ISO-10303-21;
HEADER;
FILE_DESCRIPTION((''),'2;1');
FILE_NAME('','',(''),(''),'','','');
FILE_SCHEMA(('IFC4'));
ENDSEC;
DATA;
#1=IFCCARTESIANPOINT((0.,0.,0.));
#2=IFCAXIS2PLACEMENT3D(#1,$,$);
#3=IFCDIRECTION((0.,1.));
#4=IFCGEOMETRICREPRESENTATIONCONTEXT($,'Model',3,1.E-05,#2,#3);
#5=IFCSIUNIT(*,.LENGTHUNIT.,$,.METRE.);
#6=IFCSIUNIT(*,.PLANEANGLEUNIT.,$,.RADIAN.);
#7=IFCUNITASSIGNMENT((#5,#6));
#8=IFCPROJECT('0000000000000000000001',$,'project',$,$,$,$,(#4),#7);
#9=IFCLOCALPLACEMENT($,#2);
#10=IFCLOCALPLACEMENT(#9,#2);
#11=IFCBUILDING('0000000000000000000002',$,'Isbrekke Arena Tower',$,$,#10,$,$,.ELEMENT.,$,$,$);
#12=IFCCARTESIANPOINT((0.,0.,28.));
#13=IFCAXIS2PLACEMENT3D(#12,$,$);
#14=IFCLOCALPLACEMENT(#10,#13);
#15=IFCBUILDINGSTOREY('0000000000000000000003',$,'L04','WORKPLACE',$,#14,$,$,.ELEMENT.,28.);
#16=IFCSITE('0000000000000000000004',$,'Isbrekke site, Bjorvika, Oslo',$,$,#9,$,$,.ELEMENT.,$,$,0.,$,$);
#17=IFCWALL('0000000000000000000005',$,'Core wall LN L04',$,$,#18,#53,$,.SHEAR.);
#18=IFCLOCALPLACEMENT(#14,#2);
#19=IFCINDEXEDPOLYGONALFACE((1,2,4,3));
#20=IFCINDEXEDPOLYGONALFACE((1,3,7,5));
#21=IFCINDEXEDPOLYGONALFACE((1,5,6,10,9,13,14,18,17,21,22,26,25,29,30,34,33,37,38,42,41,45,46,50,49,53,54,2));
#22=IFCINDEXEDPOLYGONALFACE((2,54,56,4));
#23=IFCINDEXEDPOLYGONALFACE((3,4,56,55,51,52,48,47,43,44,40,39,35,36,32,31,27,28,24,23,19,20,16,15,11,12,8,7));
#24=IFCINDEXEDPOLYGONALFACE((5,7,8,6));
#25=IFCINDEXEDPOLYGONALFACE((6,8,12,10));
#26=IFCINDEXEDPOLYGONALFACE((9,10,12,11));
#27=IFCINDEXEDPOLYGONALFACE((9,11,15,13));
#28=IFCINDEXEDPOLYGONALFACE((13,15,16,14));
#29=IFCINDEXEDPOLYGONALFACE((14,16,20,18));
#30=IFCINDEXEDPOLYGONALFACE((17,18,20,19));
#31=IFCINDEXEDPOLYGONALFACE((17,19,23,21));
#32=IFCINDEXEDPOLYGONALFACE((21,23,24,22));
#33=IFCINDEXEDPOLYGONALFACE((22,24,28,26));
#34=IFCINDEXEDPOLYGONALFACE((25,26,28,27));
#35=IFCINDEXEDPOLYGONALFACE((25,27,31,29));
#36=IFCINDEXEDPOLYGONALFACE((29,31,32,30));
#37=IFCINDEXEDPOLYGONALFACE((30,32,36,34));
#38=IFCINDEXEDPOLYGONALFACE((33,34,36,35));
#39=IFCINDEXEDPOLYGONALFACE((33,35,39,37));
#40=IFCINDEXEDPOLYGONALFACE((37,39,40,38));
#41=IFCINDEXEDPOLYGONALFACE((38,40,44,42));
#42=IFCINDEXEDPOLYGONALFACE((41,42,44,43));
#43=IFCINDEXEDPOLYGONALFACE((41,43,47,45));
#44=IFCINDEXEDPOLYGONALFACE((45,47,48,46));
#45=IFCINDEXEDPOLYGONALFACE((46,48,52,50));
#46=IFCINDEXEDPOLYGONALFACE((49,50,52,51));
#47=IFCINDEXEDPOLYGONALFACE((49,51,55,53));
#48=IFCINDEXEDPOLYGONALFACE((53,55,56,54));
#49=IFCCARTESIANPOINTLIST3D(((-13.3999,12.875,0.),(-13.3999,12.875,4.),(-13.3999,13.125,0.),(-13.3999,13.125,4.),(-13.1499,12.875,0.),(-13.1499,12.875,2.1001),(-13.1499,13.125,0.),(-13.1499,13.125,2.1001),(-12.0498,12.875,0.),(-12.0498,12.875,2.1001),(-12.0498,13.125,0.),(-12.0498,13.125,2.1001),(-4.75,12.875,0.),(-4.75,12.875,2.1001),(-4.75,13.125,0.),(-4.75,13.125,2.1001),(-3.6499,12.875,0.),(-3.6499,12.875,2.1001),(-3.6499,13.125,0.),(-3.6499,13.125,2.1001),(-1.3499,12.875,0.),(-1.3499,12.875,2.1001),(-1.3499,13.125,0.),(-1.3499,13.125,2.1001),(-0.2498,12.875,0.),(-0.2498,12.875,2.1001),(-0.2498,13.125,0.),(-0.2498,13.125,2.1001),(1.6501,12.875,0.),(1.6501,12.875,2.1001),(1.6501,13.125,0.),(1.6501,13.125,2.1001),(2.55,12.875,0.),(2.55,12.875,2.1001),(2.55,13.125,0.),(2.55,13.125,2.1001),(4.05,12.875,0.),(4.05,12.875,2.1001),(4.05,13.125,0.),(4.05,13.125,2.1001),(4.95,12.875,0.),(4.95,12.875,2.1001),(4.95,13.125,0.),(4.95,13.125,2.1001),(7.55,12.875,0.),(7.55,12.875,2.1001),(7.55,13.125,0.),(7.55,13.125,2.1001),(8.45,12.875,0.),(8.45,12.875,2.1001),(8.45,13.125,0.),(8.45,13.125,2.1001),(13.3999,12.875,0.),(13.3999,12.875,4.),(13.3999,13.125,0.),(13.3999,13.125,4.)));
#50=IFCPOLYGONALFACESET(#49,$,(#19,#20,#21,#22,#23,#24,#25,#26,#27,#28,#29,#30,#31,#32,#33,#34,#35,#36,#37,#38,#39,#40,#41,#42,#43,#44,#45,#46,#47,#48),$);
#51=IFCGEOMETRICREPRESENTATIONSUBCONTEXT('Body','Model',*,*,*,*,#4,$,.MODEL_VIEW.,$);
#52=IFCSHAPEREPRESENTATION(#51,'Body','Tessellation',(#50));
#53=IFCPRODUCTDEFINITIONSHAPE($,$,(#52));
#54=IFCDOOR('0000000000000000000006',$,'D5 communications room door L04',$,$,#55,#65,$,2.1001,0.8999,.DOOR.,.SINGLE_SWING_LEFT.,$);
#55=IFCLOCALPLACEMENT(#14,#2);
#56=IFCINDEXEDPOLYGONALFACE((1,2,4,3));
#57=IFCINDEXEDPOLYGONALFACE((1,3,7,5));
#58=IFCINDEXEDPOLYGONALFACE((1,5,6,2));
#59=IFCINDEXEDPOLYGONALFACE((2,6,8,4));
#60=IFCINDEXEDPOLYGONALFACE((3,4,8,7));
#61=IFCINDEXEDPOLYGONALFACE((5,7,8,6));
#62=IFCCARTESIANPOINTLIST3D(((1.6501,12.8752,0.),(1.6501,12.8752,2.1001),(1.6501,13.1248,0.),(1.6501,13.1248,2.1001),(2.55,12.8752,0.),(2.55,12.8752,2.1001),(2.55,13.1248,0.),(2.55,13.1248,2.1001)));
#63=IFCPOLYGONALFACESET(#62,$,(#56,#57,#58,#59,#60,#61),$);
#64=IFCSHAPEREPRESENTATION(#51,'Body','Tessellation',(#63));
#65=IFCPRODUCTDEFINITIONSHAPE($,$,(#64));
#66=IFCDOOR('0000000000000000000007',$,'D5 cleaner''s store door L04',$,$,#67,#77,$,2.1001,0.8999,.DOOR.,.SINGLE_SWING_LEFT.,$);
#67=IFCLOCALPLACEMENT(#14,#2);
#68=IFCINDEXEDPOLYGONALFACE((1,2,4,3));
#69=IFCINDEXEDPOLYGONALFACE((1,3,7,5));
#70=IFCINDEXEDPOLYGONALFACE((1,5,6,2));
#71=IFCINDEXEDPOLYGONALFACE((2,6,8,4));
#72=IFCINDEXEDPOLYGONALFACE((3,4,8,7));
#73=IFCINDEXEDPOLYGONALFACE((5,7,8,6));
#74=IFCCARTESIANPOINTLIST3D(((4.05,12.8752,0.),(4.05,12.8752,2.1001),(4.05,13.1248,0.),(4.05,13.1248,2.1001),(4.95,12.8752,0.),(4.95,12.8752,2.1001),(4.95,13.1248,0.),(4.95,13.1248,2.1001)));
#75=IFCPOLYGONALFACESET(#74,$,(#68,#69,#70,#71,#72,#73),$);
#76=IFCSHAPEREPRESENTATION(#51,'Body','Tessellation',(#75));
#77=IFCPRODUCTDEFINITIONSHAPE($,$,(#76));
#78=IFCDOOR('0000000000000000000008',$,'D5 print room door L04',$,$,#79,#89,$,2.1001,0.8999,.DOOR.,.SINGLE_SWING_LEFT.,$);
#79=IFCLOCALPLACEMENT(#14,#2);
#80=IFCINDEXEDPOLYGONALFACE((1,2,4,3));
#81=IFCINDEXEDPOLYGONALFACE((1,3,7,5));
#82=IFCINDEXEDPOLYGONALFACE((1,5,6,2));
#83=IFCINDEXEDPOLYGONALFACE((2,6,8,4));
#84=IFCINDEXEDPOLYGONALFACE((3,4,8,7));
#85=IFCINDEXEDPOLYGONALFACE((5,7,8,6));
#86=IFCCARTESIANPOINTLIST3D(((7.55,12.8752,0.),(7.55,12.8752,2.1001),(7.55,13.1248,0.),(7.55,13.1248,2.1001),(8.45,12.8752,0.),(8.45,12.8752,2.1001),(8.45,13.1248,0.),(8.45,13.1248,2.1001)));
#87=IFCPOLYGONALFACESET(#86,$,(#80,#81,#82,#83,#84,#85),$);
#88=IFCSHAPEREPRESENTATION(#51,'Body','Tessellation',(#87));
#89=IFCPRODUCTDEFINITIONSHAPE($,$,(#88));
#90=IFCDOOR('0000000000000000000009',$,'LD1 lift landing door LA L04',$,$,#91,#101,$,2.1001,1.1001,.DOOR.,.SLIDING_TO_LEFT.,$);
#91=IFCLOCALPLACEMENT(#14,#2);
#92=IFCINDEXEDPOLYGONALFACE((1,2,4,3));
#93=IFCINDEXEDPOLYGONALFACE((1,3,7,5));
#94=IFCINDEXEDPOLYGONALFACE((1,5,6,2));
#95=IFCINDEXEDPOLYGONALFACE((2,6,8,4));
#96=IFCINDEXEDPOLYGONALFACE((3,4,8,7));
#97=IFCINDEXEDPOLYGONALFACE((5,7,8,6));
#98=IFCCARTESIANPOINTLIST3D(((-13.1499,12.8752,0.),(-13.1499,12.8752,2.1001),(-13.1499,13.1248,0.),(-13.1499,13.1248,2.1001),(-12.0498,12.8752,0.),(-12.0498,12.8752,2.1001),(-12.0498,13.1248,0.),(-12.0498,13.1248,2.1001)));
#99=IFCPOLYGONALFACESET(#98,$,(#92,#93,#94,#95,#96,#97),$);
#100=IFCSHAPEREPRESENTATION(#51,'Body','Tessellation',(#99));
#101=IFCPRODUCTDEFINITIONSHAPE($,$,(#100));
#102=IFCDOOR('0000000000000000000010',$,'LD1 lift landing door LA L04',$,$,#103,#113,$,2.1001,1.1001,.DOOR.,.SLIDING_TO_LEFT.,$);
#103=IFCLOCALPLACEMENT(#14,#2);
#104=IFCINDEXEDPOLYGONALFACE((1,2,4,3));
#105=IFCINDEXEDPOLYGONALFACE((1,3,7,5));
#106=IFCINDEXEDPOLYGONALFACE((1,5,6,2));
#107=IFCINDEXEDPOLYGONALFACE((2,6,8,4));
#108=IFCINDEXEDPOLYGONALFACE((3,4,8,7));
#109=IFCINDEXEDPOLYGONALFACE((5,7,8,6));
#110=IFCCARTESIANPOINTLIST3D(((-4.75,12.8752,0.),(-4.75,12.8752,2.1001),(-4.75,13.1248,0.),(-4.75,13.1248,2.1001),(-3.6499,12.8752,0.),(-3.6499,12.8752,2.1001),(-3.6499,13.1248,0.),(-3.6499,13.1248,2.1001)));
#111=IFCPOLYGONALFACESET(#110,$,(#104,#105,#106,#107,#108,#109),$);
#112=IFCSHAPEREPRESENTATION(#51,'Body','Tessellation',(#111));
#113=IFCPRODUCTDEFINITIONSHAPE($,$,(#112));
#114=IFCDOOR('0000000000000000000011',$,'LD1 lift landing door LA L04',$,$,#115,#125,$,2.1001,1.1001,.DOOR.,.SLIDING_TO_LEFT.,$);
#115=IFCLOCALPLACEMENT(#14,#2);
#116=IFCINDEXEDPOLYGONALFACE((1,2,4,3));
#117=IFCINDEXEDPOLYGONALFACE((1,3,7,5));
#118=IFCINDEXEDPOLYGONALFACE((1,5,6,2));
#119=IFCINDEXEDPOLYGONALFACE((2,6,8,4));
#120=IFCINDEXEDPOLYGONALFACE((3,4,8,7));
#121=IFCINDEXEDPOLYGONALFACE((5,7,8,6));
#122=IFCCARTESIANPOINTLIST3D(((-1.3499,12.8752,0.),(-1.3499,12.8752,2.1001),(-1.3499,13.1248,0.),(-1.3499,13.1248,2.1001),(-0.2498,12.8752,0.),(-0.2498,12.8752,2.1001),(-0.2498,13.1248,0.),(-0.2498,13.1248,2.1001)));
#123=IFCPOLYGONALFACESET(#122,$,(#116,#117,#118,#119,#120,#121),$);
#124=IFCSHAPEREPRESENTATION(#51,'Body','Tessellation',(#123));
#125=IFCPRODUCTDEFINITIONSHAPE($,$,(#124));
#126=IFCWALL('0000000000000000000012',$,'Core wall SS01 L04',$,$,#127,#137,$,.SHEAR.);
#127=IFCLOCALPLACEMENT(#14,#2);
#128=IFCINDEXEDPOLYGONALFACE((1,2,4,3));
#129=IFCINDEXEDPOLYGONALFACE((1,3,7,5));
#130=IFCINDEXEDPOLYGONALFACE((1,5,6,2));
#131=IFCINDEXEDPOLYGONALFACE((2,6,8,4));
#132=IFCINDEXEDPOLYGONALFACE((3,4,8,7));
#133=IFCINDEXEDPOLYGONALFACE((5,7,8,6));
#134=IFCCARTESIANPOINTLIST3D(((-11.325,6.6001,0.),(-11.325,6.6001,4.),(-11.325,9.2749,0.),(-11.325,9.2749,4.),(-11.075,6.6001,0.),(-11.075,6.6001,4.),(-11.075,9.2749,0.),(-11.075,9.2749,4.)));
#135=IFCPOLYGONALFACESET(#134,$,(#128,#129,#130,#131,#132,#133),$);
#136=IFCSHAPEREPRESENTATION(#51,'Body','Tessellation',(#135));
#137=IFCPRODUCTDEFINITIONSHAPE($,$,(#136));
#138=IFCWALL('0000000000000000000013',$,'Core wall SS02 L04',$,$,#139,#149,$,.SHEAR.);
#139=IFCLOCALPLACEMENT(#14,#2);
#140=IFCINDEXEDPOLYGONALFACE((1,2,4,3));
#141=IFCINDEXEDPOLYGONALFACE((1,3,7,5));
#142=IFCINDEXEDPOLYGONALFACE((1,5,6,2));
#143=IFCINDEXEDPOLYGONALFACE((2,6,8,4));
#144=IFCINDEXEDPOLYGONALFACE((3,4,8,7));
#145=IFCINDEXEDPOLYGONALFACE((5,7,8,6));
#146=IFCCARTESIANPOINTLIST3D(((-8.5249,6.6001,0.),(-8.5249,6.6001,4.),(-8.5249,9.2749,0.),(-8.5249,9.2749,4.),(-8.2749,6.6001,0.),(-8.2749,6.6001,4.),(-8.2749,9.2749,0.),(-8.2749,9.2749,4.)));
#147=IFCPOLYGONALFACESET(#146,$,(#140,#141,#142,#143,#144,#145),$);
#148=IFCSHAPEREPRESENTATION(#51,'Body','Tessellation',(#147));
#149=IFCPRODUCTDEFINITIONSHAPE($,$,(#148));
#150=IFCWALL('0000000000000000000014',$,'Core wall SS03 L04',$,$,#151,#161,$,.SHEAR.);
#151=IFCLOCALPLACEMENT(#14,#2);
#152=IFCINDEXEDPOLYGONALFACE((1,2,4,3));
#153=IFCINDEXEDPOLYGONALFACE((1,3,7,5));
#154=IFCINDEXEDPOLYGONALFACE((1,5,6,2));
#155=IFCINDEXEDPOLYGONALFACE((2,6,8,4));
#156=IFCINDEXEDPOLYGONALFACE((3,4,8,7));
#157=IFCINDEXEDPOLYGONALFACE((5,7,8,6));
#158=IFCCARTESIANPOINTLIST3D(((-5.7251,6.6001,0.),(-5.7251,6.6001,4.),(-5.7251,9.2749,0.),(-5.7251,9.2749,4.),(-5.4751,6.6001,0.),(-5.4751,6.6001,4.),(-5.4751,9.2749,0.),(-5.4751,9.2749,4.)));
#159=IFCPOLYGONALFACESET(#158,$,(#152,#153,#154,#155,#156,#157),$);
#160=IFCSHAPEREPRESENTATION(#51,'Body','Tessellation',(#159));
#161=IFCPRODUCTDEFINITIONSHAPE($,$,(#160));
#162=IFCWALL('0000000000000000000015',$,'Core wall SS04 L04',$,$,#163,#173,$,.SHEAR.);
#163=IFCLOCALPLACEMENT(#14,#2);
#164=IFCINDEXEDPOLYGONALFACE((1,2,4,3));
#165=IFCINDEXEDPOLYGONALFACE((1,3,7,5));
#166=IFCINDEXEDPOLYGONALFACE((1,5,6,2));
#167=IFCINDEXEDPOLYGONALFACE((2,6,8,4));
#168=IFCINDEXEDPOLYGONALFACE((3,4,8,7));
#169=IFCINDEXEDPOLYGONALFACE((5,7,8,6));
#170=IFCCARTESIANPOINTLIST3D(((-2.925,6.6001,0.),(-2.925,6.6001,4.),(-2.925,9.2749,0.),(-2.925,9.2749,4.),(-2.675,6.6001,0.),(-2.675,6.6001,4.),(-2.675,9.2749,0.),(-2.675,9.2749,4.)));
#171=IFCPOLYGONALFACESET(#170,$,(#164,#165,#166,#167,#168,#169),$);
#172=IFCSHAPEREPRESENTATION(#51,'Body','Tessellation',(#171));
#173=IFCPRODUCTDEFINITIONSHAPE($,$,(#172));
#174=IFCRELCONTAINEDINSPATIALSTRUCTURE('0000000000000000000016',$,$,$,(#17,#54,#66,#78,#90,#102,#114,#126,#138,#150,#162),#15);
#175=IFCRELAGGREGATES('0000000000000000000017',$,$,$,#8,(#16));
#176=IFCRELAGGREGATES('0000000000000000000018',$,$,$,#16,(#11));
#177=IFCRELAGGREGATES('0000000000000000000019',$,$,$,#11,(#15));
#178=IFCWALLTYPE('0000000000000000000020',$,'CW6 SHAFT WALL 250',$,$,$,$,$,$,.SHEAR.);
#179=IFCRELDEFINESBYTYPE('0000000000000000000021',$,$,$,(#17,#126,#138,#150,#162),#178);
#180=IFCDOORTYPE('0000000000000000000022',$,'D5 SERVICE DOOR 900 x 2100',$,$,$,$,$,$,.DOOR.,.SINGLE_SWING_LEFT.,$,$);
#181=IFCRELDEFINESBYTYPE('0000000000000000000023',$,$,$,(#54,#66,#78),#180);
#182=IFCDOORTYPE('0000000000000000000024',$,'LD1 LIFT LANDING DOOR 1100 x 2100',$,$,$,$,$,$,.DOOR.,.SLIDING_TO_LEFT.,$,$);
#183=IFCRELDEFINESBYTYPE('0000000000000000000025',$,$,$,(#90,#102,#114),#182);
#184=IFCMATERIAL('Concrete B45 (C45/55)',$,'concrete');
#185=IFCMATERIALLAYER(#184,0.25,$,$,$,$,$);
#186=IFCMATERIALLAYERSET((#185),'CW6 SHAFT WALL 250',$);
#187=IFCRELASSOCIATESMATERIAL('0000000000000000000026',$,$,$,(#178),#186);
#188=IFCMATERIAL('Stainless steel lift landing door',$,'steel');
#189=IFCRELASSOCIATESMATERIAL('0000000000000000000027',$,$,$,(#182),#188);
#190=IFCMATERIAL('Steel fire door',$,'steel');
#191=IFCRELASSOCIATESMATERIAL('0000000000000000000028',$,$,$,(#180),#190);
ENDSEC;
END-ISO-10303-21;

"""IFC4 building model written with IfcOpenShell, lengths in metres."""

from ifc_helpers import new_model, si_unit, direction, frame, frame_2d, origin, place, context, subcontext, project, spatial, rectangle, extrude, material, layer, layer_set, type_object, element, fill, save


model = new_model("IFC4")

# Units and contexts
model_context = context("Model", 3, precision=1e-05, world=origin(), true_north=direction((0.0, 1.0)))
body_context = subcontext(model_context, "Body", "Model", "MODEL_VIEW")
ifc_project = project(units=[si_unit("LENGTHUNIT", "METRE"), si_unit("PLANEANGLEUNIT", "RADIAN")], contexts=[model_context])

# Site, building, storey
site_placement = place(None, origin())
site = spatial("IfcSite", under=ifc_project, at=site_placement, Name="Isbrekke site, Bjorvika, Oslo", CompositionType="ELEMENT", RefElevation=0.0)
building_placement = place(site_placement, origin())
building = spatial("IfcBuilding", under=site, at=building_placement, Name="Isbrekke Arena Tower", CompositionType="ELEMENT")
storey_placement = place(building_placement, frame((0.0, 0.0, 28.0)))
storey = spatial("IfcBuildingStorey", under=building, at=storey_placement, Name="L04", Description="WORKPLACE", CompositionType="ELEMENT", Elevation=28.0)

# Wall, openings, doors
ifc_material_1 = material(Name="Concrete B45 (C45/55)", Category="concrete")
ifc_layer_1 = layer(ifc_material_1, 0.25)
ifc_layer_set_1 = layer_set([ifc_layer_1], Name="CW6 SHAFT WALL 250")
wall_type_1 = type_object("IfcWallType", Name="CW6 SHAFT WALL 250", PredefinedType="SHEAR", material=ifc_layer_set_1)
ifc_material_2 = material(Name="Stainless steel lift landing door", Category="steel")
door_type_1 = type_object("IfcDoorType", Name="LD1 LIFT LANDING DOOR 1100 x 2100", OperationType="SLIDING_TO_LEFT", PredefinedType="DOOR", material=ifc_material_2)
wall_1_placement = place(storey_placement, frame((-13.3999, 13.0, 0.0), z_axis=(0.0, 0.0, 1.0), x_axis=(1.0, 0.0, 0.0)))
wall_1 = element("IfcWall", 1, at=wall_1_placement, inside=storey, type_object=wall_type_1, Name="Core wall LN L04", PredefinedType="SHEAR", context=body_context, shape_type="SweptSolid", body=[
    extrude(rectangle(XDim=26.7998, YDim=0.25, at=frame_2d((13.3999, 0.0))), origin(), (0.0, 0.0, 1.0), 4.0),
])
opening_1_placement = place(wall_1_placement, frame((0.25, 0.0, 0.0)))
opening_1 = element("IfcOpeningElement", 2, at=opening_1_placement, cuts=wall_1, PredefinedType="OPENING", context=body_context, shape_type="SweptSolid", body=[
    extrude(rectangle(XDim=1.1001, YDim=2.1001, at=frame_2d((0.55, 1.05))), frame((0.0, 0.1399, 0.0), z_axis=(0.0, -1.0, 0.0), x_axis=(1.0, 0.0, 0.0)), (0.0, 0.0, 1.0), 0.2798),
])
opening_2_placement = place(wall_1_placement, frame((8.6499, 0.0, 0.0)))
opening_2 = element("IfcOpeningElement", 3, at=opening_2_placement, cuts=wall_1, PredefinedType="OPENING", context=body_context, shape_type="SweptSolid", body=[
    extrude(rectangle(XDim=1.1001, YDim=2.1001, at=frame_2d((0.55, 1.05))), frame((0.0, 0.1399, 0.0), z_axis=(0.0, -1.0, 0.0), x_axis=(1.0, 0.0, 0.0)), (0.0, 0.0, 1.0), 0.2798),
])
opening_3_placement = place(wall_1_placement, frame((12.05, 0.0, 0.0)))
opening_3 = element("IfcOpeningElement", 4, at=opening_3_placement, cuts=wall_1, PredefinedType="OPENING", context=body_context, shape_type="SweptSolid", body=[
    extrude(rectangle(XDim=1.1001, YDim=2.1001, at=frame_2d((0.55, 1.05))), frame((0.0, 0.1399, 0.0), z_axis=(0.0, -1.0, 0.0), x_axis=(1.0, 0.0, 0.0)), (0.0, 0.0, 1.0), 0.2798),
])
opening_4_placement = place(wall_1_placement, frame((15.05, 0.0, 0.0)))
opening_4 = element("IfcOpeningElement", 5, at=opening_4_placement, cuts=wall_1, PredefinedType="OPENING", context=body_context, shape_type="SweptSolid", body=[
    extrude(rectangle(XDim=0.8999, YDim=2.1001, at=frame_2d((0.45, 1.05))), frame((0.0, 0.1399, 0.0), z_axis=(0.0, -1.0, 0.0), x_axis=(1.0, 0.0, 0.0)), (0.0, 0.0, 1.0), 0.2798),
])
opening_5_placement = place(wall_1_placement, frame((17.45, 0.0, 0.0)))
opening_5 = element("IfcOpeningElement", 6, at=opening_5_placement, cuts=wall_1, PredefinedType="OPENING", context=body_context, shape_type="SweptSolid", body=[
    extrude(rectangle(XDim=0.8999, YDim=2.1001, at=frame_2d((0.45, 1.05))), frame((0.0, 0.1399, 0.0), z_axis=(0.0, -1.0, 0.0), x_axis=(1.0, 0.0, 0.0)), (0.0, 0.0, 1.0), 0.2798),
])
opening_6_placement = place(wall_1_placement, frame((20.95, 0.0, 0.0)))
opening_6 = element("IfcOpeningElement", 7, at=opening_6_placement, cuts=wall_1, PredefinedType="OPENING", context=body_context, shape_type="SweptSolid", body=[
    extrude(rectangle(XDim=0.8999, YDim=2.1001, at=frame_2d((0.45, 1.05))), frame((0.0, 0.1399, 0.0), z_axis=(0.0, -1.0, 0.0), x_axis=(1.0, 0.0, 0.0)), (0.0, 0.0, 1.0), 0.2798),
])
ifc_material_3 = material(Name="Steel fire door", Category="steel")
door_type_2 = type_object("IfcDoorType", Name="D5 SERVICE DOOR 900 x 2100", OperationType="SINGLE_SWING_LEFT", PredefinedType="DOOR", material=ifc_material_3)
door_1_placement = place(opening_4_placement, origin())
door_1 = element("IfcDoor", 8, at=door_1_placement, inside=storey, type_object=door_type_2, Name="D5 communications room door L04", OperationType="SINGLE_SWING_LEFT", OverallHeight=2.1001, OverallWidth=0.8999, PredefinedType="DOOR", context=body_context, shape_type="SweptSolid", body=[
    extrude(rectangle(XDim=0.8999, YDim=2.1001, at=frame_2d((0.45, 1.05))), frame((0.0, 0.1248, 0.0), z_axis=(0.0, -1.0, 0.0), x_axis=(1.0, 0.0, 0.0)), (0.0, 0.0, 1.0), 0.2495),
])
fill(opening_4, door_1)
door_2_placement = place(opening_5_placement, origin())
door_2 = element("IfcDoor", 9, at=door_2_placement, inside=storey, type_object=door_type_2, Name="D5 cleaner's store door L04", OperationType="SINGLE_SWING_LEFT", OverallHeight=2.1001, OverallWidth=0.8999, PredefinedType="DOOR", context=body_context, shape_type="SweptSolid", body=[
    extrude(rectangle(XDim=0.8999, YDim=2.1001, at=frame_2d((0.45, 1.05))), frame((0.0, 0.1248, 0.0), z_axis=(0.0, -1.0, 0.0), x_axis=(1.0, 0.0, 0.0)), (0.0, 0.0, 1.0), 0.2495),
])
fill(opening_5, door_2)
door_3_placement = place(opening_6_placement, origin())
door_3 = element("IfcDoor", 10, at=door_3_placement, inside=storey, type_object=door_type_2, Name="D5 print room door L04", OperationType="SINGLE_SWING_LEFT", OverallHeight=2.1001, OverallWidth=0.8999, PredefinedType="DOOR", context=body_context, shape_type="SweptSolid", body=[
    extrude(rectangle(XDim=0.8999, YDim=2.1001, at=frame_2d((0.45, 1.05))), frame((0.0, 0.1248, 0.0), z_axis=(0.0, -1.0, 0.0), x_axis=(1.0, 0.0, 0.0)), (0.0, 0.0, 1.0), 0.2495),
])
fill(opening_6, door_3)
door_4_placement = place(opening_1_placement, origin())
door_4 = element("IfcDoor", 11, at=door_4_placement, inside=storey, type_object=door_type_1, Name="LD1 lift landing door LA L04", OperationType="SLIDING_TO_LEFT", OverallHeight=2.1001, OverallWidth=1.1001, PredefinedType="DOOR", context=body_context, shape_type="SweptSolid", body=[
    extrude(rectangle(XDim=1.1001, YDim=2.1001, at=frame_2d((0.55, 1.05))), frame((0.0, 0.1248, 0.0), z_axis=(0.0, -1.0, 0.0), x_axis=(1.0, 0.0, 0.0)), (0.0, 0.0, 1.0), 0.2495),
])
fill(opening_1, door_4)
door_5_placement = place(opening_2_placement, origin())
door_5 = element("IfcDoor", 12, at=door_5_placement, inside=storey, type_object=door_type_1, Name="LD1 lift landing door LA L04", OperationType="SLIDING_TO_LEFT", OverallHeight=2.1001, OverallWidth=1.1001, PredefinedType="DOOR", context=body_context, shape_type="SweptSolid", body=[
    extrude(rectangle(XDim=1.1001, YDim=2.1001, at=frame_2d((0.55, 1.05))), frame((0.0, 0.1248, 0.0), z_axis=(0.0, -1.0, 0.0), x_axis=(1.0, 0.0, 0.0)), (0.0, 0.0, 1.0), 0.2495),
])
fill(opening_2, door_5)
door_6_placement = place(opening_3_placement, origin())
door_6 = element("IfcDoor", 13, at=door_6_placement, inside=storey, type_object=door_type_1, Name="LD1 lift landing door LA L04", OperationType="SLIDING_TO_LEFT", OverallHeight=2.1001, OverallWidth=1.1001, PredefinedType="DOOR", context=body_context, shape_type="SweptSolid", body=[
    extrude(rectangle(XDim=1.1001, YDim=2.1001, at=frame_2d((0.55, 1.05))), frame((0.0, 0.1248, 0.0), z_axis=(0.0, -1.0, 0.0), x_axis=(1.0, 0.0, 0.0)), (0.0, 0.0, 1.0), 0.2495),
])
fill(opening_3, door_6)

# Walls
for number, where, z_axis, x_axis, name in (
    (14, (-11.2, 6.6001, 0.0), (0.0, 0.0, 1.0), (0.0, 1.0, 0.0), "Core wall SS01 L04"),
    (15, (-8.3999, 6.6001, 0.0), (0.0, 0.0, 1.0), (0.0, 1.0, 0.0), "Core wall SS02 L04"),
    (16, (-5.6001, 6.6001, 0.0), (0.0, 0.0, 1.0), (0.0, 1.0, 0.0), "Core wall SS03 L04"),
    (17, (-2.8, 6.6001, 0.0), (0.0, 0.0, 1.0), (0.0, 1.0, 0.0), "Core wall SS04 L04"),
):
    element("IfcWall", number, at=place(storey_placement, frame(where, z_axis=z_axis, x_axis=x_axis)), inside=storey, type_object=wall_type_1, Name=name, PredefinedType="SHEAR", context=body_context, shape_type="SweptSolid", body=[
        extrude(rectangle(XDim=2.6748, YDim=0.25, at=frame_2d((1.3374, 0.0))), origin(), (0.0, 0.0, 1.0), 4.0),
    ])

save(model, "model.ifc")
